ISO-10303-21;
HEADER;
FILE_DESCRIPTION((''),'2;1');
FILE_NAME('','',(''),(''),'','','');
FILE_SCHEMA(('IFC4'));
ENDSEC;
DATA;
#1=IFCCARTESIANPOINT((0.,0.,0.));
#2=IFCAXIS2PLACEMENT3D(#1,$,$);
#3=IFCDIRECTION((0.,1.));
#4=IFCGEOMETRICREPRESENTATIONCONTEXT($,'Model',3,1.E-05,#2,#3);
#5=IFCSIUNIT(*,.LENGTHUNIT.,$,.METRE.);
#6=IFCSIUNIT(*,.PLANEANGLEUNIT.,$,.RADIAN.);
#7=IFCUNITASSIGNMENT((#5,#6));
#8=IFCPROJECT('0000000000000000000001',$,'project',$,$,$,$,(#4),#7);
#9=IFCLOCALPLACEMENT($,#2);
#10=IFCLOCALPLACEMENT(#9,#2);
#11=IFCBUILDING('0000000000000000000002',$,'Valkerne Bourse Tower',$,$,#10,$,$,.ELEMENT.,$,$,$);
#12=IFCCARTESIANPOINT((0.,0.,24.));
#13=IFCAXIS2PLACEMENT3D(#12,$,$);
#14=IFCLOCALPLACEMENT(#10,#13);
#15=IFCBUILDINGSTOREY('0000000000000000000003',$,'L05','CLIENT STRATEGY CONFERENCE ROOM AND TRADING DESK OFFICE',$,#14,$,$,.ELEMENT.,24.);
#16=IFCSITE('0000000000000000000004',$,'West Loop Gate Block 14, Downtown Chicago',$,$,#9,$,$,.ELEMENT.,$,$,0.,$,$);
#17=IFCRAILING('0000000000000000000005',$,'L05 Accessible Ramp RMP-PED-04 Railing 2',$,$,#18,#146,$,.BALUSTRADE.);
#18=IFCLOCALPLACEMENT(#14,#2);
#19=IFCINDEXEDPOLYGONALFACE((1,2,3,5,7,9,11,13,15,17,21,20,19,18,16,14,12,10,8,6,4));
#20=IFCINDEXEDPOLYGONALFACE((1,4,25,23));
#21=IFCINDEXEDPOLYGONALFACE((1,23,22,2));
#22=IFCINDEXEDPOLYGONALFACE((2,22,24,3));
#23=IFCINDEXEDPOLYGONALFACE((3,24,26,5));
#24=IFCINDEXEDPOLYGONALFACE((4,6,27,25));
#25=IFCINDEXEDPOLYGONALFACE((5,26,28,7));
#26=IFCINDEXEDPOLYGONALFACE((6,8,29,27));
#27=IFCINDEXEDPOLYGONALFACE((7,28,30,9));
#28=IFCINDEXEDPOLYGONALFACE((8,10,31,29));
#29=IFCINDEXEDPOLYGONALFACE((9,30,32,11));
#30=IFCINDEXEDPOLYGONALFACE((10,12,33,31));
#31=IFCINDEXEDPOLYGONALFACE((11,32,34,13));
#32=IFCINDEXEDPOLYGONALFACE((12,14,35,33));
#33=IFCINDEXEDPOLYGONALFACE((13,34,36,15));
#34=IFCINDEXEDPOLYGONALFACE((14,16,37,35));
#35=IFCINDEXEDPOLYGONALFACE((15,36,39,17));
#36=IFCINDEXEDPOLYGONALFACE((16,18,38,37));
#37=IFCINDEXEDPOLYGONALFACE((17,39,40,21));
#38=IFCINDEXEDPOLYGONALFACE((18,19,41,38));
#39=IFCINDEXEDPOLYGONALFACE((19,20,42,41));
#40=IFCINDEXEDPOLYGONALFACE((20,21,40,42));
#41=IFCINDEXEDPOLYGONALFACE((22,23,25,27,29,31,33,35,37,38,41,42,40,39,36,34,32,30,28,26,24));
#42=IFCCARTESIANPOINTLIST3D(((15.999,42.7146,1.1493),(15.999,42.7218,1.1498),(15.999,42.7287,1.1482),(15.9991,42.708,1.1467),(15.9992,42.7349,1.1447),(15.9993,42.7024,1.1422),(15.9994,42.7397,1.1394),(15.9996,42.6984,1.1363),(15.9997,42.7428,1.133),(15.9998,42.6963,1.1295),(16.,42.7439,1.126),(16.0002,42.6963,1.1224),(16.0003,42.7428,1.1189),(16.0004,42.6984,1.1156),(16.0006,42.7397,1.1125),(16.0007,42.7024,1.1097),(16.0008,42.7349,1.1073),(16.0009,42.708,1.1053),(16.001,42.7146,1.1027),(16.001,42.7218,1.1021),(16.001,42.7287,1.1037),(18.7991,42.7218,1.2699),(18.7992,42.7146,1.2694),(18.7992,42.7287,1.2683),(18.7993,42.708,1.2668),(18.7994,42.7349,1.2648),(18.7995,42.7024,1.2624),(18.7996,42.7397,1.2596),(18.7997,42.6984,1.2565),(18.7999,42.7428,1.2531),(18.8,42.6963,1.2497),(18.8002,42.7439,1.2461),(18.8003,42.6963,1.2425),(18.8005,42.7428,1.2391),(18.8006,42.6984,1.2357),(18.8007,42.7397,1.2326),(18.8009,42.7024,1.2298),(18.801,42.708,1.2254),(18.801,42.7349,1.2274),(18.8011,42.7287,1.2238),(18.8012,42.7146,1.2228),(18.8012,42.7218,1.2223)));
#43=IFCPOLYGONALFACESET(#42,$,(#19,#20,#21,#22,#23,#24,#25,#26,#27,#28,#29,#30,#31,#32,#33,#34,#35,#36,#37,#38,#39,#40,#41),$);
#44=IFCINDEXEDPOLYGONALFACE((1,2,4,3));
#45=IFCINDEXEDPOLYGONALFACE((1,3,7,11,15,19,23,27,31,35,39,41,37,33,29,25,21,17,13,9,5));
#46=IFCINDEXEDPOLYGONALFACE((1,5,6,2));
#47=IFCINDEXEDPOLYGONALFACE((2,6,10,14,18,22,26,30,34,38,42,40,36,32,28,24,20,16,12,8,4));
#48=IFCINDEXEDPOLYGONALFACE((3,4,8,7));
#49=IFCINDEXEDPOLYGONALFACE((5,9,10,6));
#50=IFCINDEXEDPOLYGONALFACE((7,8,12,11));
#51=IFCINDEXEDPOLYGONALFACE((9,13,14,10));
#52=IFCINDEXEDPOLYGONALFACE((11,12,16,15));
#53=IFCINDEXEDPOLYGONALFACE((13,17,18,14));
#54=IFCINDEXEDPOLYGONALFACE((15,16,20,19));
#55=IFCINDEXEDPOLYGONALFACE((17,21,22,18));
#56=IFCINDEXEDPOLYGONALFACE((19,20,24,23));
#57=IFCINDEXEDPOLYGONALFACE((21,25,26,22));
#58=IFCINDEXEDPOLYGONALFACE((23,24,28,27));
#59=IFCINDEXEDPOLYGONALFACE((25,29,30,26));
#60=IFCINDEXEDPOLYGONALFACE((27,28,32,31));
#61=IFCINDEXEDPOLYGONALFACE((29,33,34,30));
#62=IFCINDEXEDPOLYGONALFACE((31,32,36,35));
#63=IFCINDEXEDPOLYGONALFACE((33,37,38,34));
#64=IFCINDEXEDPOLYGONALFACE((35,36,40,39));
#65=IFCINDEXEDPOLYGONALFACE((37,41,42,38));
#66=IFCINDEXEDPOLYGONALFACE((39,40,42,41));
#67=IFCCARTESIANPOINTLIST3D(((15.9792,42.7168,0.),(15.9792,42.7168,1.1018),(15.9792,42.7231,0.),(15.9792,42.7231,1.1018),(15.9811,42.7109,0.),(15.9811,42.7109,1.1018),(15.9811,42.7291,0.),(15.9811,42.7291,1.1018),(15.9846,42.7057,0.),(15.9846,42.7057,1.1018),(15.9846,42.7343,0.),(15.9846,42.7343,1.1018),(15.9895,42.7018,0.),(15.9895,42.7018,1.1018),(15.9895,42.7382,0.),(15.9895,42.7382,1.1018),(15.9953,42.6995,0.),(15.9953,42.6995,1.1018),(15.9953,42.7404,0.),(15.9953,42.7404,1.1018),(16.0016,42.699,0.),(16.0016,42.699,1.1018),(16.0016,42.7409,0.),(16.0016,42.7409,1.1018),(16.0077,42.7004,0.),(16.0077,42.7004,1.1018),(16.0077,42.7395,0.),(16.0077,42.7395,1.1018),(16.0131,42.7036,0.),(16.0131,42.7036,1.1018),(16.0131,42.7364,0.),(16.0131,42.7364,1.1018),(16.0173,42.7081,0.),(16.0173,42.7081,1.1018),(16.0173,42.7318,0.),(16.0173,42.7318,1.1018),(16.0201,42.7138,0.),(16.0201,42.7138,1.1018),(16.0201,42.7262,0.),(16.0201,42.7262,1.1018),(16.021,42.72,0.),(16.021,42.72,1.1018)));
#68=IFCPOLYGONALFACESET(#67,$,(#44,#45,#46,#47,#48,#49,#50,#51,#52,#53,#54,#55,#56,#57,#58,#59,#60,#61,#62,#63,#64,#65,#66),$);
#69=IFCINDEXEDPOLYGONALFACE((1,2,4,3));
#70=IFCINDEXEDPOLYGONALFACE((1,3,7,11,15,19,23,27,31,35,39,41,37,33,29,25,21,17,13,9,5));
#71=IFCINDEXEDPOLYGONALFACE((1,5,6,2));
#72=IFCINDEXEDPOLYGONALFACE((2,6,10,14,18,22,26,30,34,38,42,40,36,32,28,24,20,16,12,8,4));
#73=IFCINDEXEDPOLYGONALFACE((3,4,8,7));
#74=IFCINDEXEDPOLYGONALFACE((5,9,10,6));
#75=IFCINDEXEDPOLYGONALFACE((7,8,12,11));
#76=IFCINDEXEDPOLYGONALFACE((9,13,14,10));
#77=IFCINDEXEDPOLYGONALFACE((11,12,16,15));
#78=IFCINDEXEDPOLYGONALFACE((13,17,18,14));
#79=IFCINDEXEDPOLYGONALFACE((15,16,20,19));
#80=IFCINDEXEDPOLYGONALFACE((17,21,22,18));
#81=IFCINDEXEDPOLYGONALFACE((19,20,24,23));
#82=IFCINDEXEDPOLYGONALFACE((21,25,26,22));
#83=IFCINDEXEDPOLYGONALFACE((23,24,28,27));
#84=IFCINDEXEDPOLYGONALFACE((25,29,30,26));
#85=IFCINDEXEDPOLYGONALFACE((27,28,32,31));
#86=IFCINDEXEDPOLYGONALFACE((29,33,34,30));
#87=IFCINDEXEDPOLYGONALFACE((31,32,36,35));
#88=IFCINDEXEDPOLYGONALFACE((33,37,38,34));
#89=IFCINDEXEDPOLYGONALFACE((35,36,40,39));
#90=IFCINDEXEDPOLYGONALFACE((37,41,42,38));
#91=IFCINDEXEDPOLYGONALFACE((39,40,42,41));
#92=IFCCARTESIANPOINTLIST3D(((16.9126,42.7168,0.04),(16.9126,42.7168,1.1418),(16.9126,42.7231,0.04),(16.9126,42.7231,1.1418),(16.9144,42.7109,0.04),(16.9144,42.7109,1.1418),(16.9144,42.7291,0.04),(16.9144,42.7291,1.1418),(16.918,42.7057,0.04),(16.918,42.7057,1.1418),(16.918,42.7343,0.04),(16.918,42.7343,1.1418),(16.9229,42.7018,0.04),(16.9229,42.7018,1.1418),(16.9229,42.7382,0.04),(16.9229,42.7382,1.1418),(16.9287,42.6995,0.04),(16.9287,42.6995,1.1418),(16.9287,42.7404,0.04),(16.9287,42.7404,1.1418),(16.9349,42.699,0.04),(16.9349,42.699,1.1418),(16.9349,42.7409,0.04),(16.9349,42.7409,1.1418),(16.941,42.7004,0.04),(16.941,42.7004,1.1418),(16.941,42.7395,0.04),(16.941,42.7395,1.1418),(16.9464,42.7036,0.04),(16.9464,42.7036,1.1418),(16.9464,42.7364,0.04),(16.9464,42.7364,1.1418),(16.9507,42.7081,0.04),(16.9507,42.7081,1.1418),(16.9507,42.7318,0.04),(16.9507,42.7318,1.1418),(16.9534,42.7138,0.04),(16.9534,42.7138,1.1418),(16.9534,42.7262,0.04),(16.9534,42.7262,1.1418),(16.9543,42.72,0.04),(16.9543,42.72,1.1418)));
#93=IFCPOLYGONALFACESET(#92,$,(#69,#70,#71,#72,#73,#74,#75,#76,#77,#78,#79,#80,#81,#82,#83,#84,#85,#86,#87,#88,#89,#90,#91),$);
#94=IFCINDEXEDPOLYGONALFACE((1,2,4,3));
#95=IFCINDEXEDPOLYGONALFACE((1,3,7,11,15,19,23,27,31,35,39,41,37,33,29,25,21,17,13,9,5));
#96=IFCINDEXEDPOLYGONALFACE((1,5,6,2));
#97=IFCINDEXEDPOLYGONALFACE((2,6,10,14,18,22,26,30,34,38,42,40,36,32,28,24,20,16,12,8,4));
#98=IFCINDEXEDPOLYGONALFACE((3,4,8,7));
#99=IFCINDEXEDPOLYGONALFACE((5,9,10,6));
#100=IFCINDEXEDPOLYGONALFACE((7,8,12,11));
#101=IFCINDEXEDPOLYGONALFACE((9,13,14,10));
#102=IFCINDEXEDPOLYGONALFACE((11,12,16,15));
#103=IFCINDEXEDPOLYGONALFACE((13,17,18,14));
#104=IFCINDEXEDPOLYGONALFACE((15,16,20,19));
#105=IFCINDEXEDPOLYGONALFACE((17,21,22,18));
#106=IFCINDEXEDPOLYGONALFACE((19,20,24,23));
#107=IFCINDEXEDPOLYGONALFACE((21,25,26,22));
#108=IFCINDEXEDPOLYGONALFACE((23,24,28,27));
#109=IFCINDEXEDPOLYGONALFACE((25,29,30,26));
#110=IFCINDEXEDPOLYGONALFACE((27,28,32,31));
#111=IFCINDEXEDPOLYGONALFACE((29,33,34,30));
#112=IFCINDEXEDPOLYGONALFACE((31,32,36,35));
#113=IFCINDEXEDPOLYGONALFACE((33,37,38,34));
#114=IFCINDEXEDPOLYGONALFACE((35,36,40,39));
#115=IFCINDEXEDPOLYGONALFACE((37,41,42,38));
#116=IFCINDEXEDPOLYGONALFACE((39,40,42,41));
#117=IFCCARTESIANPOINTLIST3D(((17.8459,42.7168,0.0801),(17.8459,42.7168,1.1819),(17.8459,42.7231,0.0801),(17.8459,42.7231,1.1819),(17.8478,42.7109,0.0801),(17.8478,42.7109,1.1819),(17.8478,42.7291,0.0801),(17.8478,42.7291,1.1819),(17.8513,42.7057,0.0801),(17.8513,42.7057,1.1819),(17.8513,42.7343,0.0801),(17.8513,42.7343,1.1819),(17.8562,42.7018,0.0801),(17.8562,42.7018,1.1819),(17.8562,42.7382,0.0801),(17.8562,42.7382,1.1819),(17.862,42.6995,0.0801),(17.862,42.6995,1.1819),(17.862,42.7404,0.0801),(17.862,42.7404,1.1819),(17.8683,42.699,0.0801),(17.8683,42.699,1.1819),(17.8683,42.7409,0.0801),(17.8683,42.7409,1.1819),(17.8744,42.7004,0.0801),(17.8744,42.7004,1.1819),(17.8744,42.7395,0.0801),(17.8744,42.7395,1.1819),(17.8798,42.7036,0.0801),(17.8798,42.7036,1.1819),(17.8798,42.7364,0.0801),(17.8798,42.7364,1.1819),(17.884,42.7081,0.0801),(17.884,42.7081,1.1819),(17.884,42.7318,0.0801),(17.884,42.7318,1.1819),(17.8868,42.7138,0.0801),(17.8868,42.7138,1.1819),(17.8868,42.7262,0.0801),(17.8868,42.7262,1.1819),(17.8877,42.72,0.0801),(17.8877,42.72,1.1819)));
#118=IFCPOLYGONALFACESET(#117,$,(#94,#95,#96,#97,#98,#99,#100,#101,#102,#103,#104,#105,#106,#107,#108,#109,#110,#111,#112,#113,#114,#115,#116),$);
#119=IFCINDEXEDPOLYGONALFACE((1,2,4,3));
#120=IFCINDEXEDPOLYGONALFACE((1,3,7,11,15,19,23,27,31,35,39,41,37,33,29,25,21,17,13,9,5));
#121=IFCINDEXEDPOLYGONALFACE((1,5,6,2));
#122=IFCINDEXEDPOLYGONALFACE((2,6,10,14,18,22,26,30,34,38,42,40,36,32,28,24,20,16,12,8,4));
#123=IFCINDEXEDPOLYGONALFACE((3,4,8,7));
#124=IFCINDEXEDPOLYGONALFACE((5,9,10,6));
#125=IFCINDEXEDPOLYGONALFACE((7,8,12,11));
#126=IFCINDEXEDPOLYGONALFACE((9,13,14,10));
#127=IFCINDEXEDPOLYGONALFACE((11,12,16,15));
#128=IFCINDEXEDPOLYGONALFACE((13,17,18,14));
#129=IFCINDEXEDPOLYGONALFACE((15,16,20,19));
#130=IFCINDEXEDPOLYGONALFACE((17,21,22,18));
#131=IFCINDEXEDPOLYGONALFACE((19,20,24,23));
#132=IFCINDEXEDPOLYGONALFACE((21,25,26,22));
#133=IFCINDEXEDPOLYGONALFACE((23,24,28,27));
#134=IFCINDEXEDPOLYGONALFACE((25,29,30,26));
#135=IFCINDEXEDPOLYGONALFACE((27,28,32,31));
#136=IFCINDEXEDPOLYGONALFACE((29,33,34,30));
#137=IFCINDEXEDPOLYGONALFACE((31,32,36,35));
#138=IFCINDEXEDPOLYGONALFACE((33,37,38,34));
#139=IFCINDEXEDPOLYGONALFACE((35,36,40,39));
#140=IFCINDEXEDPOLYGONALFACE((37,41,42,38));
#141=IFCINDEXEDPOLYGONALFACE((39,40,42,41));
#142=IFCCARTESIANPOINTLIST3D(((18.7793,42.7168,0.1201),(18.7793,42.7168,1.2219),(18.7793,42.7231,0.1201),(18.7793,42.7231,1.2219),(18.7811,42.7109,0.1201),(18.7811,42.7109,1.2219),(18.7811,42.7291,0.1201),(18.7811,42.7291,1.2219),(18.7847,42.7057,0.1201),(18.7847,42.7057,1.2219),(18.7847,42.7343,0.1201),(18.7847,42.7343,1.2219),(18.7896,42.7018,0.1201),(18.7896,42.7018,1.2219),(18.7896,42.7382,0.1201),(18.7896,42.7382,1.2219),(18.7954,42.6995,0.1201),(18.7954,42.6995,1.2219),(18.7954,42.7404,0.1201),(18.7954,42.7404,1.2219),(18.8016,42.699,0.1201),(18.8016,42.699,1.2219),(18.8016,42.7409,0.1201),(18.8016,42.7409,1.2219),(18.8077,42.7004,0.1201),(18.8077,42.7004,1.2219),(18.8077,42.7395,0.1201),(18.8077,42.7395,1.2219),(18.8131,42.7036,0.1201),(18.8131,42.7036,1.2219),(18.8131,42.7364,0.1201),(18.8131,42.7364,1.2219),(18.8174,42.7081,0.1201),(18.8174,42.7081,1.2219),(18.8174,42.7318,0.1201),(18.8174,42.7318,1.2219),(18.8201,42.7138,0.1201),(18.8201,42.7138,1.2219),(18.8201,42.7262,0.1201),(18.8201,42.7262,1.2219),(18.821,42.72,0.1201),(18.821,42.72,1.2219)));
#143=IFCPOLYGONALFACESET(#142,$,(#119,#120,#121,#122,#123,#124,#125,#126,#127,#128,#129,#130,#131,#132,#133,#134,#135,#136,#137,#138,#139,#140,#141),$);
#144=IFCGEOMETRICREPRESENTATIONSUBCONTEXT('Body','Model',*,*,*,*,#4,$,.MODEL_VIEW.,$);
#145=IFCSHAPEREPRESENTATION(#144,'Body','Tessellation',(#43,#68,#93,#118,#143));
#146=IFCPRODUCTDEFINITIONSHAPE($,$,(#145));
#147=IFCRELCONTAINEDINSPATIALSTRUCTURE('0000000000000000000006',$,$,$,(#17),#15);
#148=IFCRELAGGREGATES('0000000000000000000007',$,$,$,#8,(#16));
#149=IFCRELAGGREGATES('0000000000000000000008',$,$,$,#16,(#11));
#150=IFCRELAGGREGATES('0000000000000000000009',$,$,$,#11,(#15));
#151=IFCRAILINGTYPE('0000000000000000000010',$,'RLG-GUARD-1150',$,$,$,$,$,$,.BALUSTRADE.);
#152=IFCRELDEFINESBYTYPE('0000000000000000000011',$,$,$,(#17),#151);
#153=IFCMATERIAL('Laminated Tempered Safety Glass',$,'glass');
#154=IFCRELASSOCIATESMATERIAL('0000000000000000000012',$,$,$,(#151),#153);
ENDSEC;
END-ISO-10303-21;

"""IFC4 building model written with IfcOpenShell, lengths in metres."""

from ifc_helpers import new_model, si_unit, direction, frame, origin, origin_2d, place, context, subcontext, project, spatial, circle, extrude, material, type_object, element, save


model = new_model("IFC4")

# Units and contexts
model_context = context("Model", 3, precision=1e-05, world=origin(), true_north=direction((0.0, 1.0)))
body_context = subcontext(model_context, "Body", "Model", "MODEL_VIEW")
ifc_project = project(units=[si_unit("LENGTHUNIT", "METRE"), si_unit("PLANEANGLEUNIT", "RADIAN")], contexts=[model_context])

# Site, building, storey
site_placement = place(None, origin())
site = spatial("IfcSite", under=ifc_project, at=site_placement, Name="West Loop Gate Block 14, Downtown Chicago", CompositionType="ELEMENT", RefElevation=0.0)
building_placement = place(site_placement, origin())
building = spatial("IfcBuilding", under=site, at=building_placement, Name="Valkerne Bourse Tower", CompositionType="ELEMENT")
storey_placement = place(building_placement, frame((0.0, 0.0, 24.0)))
storey = spatial("IfcBuildingStorey", under=building, at=storey_placement, Name="L05", Description="CLIENT STRATEGY CONFERENCE ROOM AND TRADING DESK OFFICE", CompositionType="ELEMENT", Elevation=24.0)

# Railing
ifc_material_1 = material(Name="Laminated Tempered Safety Glass", Category="glass")
railing_type_1 = type_object("IfcRailingType", Name="RLG-GUARD-1150", PredefinedType="BALUSTRADE", material=ifc_material_1)
for number, where, name in (
    (1, (16.0, 42.72, 0.0), "L05 Accessible Ramp RMP-PED-04 Railing 2"),
):
    element("IfcRailing", number, at=place(storey_placement, frame(where)), inside=storey, type_object=railing_type_1, Name=name, PredefinedType="BALUSTRADE", context=body_context, shape_type="SweptSolid", body=[
        extrude(circle(Radius=0.0239, at=origin_2d()), frame((0.0, 0.0, 1.126), z_axis=(0.999081, 0.0, 0.042859), x_axis=(0.0, 1.0, 0.0)), (0.0, 0.0, 1.0), 2.8027),
        extrude(circle(Radius=0.021, at=origin_2d()), origin(), (0.0, 0.0, 1.0), 1.1018),
        extrude(circle(Radius=0.021, at=origin_2d()), frame((0.9333, 0.0, 0.04)), (0.0, 0.0, 1.0), 1.1018),
        extrude(circle(Radius=0.021, at=origin_2d()), frame((1.8667, 0.0, 0.0801)), (0.0, 0.0, 1.0), 1.1018),
        extrude(circle(Radius=0.021, at=origin_2d()), frame((2.8, 0.0, 0.1201)), (0.0, 0.0, 1.0), 1.1018),
    ])

save(model, "model.ifc")
